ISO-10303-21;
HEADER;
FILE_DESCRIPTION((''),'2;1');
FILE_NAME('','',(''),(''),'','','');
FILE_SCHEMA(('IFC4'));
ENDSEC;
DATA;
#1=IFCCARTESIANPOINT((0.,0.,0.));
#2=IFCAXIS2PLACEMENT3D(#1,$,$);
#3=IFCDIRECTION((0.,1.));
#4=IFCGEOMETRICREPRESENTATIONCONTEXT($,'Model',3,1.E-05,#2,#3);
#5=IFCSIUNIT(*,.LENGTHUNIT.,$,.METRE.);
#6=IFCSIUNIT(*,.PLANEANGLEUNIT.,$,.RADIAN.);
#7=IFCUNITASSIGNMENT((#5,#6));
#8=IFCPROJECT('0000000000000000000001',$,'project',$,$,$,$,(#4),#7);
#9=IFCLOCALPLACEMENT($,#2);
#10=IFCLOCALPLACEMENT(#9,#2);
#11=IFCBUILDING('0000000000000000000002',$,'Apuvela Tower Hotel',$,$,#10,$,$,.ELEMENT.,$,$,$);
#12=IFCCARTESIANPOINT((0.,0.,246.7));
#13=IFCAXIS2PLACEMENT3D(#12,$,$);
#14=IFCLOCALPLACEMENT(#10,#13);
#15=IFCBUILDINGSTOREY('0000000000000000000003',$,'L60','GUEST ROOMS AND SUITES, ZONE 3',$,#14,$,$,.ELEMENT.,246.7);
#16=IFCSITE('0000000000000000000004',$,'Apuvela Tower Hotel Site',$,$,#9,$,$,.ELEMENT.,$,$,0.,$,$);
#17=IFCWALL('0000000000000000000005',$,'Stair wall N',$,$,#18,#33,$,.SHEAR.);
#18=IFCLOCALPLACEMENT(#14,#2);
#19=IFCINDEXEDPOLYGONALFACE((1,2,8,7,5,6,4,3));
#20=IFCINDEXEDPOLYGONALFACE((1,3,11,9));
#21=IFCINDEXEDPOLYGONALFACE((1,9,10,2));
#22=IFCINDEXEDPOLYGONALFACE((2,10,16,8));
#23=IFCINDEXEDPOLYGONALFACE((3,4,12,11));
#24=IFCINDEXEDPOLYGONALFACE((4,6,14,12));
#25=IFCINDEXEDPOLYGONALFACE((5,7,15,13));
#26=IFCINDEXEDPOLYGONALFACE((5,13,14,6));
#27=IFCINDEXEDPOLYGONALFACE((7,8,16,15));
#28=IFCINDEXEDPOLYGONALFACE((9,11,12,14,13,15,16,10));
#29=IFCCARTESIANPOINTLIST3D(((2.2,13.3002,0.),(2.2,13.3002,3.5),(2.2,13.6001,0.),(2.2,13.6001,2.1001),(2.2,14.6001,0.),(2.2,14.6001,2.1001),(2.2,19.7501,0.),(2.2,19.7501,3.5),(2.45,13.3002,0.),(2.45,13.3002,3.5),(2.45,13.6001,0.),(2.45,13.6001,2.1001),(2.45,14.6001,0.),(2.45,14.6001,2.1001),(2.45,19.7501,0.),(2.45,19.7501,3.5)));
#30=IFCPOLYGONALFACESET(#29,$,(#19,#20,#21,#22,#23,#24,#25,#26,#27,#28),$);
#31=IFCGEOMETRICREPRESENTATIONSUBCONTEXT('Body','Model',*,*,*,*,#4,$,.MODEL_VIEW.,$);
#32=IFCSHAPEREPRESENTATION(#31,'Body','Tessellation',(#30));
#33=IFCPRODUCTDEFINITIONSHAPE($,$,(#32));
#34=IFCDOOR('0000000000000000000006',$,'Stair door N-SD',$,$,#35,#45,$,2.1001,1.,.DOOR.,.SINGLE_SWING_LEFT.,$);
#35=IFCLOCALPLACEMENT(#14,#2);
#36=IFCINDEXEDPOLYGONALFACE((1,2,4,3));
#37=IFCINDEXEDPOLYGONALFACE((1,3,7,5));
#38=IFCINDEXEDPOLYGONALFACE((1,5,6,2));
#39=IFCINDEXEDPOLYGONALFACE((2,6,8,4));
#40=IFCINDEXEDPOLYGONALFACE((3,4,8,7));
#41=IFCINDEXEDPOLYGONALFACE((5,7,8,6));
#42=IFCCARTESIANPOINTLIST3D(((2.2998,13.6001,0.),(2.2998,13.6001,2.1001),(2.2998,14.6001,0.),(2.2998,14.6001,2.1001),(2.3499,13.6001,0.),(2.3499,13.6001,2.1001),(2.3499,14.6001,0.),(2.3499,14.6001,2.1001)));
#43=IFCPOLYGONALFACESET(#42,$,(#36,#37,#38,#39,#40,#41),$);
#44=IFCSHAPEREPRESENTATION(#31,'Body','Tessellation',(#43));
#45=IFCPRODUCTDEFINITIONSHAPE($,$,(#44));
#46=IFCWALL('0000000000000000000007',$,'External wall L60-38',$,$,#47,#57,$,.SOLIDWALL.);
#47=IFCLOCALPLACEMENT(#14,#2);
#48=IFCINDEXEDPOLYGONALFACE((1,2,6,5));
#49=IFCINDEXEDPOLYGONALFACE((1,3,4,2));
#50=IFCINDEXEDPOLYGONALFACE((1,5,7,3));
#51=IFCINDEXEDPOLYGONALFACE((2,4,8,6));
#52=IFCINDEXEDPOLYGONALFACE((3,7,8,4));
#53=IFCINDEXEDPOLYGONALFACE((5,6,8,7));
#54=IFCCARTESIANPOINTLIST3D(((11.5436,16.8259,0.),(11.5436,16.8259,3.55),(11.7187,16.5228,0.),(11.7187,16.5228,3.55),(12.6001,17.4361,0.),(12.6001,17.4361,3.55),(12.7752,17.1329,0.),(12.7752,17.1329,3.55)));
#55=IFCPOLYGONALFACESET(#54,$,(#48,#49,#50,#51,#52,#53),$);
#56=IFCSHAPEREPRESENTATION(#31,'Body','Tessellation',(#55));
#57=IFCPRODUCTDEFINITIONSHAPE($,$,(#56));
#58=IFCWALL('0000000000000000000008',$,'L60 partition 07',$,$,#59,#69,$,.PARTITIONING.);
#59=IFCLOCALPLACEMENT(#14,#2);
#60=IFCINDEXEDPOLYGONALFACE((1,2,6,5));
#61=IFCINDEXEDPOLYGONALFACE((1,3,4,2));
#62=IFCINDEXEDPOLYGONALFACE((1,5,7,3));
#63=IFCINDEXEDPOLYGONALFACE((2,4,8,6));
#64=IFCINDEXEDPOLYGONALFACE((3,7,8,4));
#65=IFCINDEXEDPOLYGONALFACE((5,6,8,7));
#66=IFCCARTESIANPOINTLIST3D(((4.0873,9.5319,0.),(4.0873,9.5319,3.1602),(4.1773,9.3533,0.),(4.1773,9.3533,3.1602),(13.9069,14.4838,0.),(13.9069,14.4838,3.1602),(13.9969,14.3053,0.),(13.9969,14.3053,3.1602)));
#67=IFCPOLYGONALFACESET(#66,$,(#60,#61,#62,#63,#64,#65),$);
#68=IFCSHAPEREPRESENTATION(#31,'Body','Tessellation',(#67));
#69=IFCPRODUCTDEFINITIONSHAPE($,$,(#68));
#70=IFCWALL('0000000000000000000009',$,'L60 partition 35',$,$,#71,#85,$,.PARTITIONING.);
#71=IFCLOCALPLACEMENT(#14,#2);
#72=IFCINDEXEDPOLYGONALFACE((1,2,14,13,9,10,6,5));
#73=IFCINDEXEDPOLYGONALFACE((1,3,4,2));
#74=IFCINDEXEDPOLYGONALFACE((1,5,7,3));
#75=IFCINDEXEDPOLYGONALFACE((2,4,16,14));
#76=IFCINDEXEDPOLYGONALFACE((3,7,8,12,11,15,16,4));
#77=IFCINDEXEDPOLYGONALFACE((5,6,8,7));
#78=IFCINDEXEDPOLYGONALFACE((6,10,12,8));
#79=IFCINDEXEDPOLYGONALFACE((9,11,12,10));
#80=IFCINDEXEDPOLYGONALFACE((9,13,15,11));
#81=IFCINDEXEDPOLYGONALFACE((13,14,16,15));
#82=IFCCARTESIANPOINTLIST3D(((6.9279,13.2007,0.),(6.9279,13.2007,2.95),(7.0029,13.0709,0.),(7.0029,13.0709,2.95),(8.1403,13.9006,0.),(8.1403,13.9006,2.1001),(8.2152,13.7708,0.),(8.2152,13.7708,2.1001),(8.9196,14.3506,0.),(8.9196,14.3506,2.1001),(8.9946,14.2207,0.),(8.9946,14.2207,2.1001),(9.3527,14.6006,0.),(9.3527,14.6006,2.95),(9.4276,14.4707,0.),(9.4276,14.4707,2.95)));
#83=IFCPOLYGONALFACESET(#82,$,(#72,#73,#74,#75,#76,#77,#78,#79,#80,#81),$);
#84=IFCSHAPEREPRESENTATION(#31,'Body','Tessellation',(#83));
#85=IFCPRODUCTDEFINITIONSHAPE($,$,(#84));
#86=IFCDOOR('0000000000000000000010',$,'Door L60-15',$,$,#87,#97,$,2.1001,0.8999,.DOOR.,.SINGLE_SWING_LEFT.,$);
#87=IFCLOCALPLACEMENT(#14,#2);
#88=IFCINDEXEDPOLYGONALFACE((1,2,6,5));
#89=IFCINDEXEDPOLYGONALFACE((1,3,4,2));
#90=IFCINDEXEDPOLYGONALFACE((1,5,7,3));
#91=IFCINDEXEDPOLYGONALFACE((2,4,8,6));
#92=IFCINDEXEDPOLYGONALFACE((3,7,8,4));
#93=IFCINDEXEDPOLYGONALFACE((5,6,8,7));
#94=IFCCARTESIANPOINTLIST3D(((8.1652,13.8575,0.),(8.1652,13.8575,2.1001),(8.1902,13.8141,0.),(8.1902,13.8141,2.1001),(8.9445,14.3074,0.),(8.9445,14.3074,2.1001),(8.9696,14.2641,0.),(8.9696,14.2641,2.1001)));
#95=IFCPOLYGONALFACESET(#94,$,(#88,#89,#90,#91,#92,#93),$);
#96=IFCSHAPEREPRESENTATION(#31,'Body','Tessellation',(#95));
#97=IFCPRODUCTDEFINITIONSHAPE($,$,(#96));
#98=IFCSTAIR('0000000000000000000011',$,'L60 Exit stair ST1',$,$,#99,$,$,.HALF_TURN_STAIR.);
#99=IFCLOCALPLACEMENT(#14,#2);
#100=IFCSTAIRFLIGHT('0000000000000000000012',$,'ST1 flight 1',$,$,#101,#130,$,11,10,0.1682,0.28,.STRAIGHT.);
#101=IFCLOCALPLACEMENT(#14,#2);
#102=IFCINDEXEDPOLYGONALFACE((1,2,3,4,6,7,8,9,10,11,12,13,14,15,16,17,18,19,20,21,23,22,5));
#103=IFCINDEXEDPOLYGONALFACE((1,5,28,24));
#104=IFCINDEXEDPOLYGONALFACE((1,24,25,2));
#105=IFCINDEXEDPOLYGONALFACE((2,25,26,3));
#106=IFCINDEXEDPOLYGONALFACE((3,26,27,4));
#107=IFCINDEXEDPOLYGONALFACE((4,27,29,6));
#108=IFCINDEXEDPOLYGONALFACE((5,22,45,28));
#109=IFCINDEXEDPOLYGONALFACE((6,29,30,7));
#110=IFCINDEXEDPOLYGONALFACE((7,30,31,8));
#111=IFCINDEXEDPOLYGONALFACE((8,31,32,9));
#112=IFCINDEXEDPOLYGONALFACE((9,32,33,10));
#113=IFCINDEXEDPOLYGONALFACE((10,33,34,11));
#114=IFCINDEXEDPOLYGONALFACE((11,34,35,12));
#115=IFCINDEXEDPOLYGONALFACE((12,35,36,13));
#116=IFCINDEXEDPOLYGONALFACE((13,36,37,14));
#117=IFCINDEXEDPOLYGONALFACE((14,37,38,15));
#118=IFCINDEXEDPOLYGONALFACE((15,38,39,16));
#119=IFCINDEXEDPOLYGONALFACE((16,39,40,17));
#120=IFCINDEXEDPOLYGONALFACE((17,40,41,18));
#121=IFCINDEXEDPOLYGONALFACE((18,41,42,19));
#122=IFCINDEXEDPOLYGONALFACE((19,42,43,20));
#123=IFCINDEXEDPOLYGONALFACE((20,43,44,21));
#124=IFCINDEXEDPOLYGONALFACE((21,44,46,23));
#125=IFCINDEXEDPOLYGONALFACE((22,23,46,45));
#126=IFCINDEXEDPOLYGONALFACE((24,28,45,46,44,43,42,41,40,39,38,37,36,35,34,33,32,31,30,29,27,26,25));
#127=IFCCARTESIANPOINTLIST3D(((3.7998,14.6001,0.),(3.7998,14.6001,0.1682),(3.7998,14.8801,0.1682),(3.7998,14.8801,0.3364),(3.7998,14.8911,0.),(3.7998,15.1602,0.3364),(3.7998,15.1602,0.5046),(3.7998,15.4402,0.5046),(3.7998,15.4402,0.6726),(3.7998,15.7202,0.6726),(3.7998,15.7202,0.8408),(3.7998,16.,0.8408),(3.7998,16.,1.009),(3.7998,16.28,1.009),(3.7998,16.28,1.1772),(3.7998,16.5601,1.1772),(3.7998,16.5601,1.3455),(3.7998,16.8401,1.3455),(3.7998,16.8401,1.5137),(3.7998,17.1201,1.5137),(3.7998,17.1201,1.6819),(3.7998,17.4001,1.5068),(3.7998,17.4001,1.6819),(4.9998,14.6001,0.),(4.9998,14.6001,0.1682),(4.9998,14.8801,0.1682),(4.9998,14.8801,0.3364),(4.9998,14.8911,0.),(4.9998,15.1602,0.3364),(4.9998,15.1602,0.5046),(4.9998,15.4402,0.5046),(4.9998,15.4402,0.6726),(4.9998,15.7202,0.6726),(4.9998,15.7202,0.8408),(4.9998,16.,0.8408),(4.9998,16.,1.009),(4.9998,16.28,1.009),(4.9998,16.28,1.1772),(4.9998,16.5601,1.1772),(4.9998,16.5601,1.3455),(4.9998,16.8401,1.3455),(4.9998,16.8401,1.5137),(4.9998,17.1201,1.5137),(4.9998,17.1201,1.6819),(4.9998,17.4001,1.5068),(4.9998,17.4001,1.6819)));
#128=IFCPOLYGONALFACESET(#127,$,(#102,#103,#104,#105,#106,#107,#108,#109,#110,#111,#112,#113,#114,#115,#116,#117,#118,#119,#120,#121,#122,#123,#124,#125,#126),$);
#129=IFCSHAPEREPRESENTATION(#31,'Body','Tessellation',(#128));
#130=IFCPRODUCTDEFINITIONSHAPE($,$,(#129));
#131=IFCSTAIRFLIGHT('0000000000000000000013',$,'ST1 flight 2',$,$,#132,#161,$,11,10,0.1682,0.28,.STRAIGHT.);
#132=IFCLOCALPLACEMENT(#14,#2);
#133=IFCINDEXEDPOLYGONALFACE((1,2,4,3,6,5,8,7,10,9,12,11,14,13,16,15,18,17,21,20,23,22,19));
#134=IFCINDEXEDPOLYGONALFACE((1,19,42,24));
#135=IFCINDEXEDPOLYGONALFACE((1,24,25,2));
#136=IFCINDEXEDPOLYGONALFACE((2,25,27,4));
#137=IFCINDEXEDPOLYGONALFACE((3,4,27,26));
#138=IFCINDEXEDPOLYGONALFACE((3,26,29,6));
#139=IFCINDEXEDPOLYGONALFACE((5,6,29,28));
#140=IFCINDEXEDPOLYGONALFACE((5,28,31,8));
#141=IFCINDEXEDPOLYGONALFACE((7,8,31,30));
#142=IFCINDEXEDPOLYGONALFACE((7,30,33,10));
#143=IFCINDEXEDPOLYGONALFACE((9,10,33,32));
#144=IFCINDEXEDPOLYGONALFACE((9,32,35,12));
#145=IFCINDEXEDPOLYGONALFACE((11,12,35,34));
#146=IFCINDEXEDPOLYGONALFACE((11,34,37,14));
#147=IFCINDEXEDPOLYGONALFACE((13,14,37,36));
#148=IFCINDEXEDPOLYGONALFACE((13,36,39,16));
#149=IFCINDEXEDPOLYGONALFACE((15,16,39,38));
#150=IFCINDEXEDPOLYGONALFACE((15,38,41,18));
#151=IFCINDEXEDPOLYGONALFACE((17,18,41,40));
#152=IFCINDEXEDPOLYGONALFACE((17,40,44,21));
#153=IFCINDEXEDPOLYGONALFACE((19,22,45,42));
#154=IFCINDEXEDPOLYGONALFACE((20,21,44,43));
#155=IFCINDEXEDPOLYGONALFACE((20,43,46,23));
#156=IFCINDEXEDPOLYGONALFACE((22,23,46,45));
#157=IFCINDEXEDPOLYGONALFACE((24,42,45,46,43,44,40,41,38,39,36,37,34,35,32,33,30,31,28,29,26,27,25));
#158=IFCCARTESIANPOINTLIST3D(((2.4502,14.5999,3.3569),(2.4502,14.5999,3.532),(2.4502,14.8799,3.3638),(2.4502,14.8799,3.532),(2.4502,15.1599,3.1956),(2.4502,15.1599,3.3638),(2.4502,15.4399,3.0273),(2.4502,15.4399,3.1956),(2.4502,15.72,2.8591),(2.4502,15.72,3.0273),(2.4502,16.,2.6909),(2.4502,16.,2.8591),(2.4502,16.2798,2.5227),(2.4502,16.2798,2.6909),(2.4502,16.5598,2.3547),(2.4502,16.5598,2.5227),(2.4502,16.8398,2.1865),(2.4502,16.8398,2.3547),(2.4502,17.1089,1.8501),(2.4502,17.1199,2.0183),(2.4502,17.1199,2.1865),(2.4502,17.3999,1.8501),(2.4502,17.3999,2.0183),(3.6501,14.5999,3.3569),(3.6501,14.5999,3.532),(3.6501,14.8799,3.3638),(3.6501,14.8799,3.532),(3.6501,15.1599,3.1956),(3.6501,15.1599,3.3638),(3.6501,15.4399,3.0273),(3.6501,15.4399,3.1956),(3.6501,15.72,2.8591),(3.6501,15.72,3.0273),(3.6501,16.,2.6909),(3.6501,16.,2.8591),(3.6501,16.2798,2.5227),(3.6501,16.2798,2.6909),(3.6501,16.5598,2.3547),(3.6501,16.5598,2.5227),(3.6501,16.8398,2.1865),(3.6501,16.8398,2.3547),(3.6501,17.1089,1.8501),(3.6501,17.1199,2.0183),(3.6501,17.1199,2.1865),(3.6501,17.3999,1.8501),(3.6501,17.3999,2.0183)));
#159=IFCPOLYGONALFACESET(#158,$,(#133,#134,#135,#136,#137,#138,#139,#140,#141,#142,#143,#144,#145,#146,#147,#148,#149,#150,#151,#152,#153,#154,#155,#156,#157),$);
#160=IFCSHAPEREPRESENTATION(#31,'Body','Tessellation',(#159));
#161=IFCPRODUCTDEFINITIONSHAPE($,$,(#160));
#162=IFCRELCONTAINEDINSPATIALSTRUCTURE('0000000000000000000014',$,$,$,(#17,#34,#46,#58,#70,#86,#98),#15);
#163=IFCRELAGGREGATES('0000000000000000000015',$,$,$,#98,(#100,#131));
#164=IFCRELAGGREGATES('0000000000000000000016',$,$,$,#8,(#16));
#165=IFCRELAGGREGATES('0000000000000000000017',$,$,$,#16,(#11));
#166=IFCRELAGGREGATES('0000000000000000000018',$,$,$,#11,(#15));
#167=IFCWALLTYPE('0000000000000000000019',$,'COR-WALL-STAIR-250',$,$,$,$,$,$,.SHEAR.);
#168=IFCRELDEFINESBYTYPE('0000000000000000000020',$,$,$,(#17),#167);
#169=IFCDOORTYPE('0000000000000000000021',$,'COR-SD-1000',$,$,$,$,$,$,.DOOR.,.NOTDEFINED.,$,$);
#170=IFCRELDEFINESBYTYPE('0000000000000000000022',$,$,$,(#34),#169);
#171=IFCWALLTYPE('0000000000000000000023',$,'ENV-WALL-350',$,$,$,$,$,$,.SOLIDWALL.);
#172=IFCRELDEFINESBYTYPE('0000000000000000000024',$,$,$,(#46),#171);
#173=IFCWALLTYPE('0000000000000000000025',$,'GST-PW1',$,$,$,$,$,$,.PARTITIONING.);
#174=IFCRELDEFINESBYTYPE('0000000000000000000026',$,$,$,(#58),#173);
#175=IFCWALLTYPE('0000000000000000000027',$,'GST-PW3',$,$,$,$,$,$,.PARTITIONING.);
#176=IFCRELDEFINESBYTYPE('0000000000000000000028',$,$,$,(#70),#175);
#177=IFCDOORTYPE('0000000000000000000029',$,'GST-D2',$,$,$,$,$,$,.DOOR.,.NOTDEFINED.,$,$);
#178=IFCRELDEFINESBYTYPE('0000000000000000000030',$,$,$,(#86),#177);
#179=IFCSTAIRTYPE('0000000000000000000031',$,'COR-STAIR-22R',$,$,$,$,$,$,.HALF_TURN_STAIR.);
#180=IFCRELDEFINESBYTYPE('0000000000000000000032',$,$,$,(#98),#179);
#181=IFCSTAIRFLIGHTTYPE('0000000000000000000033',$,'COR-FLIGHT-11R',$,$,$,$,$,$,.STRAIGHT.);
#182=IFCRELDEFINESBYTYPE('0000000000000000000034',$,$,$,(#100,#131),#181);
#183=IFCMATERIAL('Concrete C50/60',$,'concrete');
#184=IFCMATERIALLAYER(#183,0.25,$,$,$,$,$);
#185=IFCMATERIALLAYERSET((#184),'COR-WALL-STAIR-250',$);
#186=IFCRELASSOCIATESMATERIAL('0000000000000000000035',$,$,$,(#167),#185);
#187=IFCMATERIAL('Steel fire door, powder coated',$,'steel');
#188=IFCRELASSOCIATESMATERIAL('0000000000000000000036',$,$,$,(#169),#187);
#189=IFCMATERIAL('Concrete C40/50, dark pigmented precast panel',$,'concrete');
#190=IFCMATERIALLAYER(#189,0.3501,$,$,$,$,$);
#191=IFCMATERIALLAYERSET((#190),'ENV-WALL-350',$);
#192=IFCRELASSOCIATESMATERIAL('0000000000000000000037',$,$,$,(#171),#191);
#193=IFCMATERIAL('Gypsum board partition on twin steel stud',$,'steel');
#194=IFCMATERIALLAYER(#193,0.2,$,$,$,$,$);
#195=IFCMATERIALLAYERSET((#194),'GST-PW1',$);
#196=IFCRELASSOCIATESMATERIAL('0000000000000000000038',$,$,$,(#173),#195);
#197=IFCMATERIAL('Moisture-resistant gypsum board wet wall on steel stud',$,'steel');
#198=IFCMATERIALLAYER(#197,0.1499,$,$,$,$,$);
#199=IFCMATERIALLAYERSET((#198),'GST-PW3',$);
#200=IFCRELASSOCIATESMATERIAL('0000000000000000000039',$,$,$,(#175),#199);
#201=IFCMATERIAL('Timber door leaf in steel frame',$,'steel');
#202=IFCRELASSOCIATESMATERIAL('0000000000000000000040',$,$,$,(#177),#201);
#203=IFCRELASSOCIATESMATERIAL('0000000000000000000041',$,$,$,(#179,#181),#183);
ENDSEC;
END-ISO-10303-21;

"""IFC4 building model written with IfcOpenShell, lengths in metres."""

from ifc_helpers import new_model, si_unit, direction, frame, frame_2d, origin, place, context, subcontext, project, spatial, polyline, rectangle, outline, extrude, material, layer, layer_set, type_object, element, fill, aggregate, save


model = new_model("IFC4")

# Units and contexts
model_context = context("Model", 3, precision=1e-05, world=origin(), true_north=direction((0.0, 1.0)))
body_context = subcontext(model_context, "Body", "Model", "MODEL_VIEW")
ifc_project = project(units=[si_unit("LENGTHUNIT", "METRE"), si_unit("PLANEANGLEUNIT", "RADIAN")], contexts=[model_context])

# Site, building, storey
site_placement = place(None, origin())
site = spatial("IfcSite", under=ifc_project, at=site_placement, Name="Apuvela Tower Hotel Site", CompositionType="ELEMENT", RefElevation=0.0)
building_placement = place(site_placement, origin())
building = spatial("IfcBuilding", under=site, at=building_placement, Name="Apuvela Tower Hotel", CompositionType="ELEMENT")
storey_placement = place(building_placement, frame((0.0, 0.0, 246.7)))
storey = spatial("IfcBuildingStorey", under=building, at=storey_placement, Name="L60", Description="GUEST ROOMS AND SUITES, ZONE 3", CompositionType="ELEMENT", Elevation=246.7)

# Shared definitions
ifc_material_1 = material(Name="Concrete C50/60", Category="concrete")
ifc_material_2 = material(Name="Steel fire door, powder coated", Category="steel")

# Wall, opening, door
ifc_layer_1 = layer(ifc_material_1, 0.25)
ifc_layer_set_1 = layer_set([ifc_layer_1], Name="COR-WALL-STAIR-250")
wall_type_1 = type_object("IfcWallType", Name="COR-WALL-STAIR-250", PredefinedType="SHEAR", material=ifc_layer_set_1)
wall_1_placement = place(storey_placement, frame((2.325, 13.3, 0.0), z_axis=(0.0, 0.0, 1.0), x_axis=(0.0, 1.0, 0.0)))
wall_1 = element("IfcWall", 1, at=wall_1_placement, inside=storey, type_object=wall_type_1, Name="Stair wall N", PredefinedType="SHEAR", context=body_context, shape_type="SweptSolid", body=[
    extrude(rectangle(XDim=6.45, YDim=0.25, at=frame_2d((3.2251, 0.0))), origin(), (0.0, 0.0, 1.0), 3.5),
])
opening_1_placement = place(wall_1_placement, frame((0.3, 0.0, 0.0)))
opening_1 = element("IfcOpeningElement", 2, at=opening_1_placement, cuts=wall_1, PredefinedType="OPENING", context=body_context, shape_type="SweptSolid", body=[
    extrude(rectangle(XDim=1.0, YDim=2.1001, at=frame_2d((0.5, 1.05))), frame((0.0, 0.135, 0.0), z_axis=(0.0, -1.0, 0.0), x_axis=(1.0, 0.0, 0.0)), (0.0, 0.0, 1.0), 0.27),
])
door_type_1 = type_object("IfcDoorType", Name="COR-SD-1000", OperationType="NOTDEFINED", PredefinedType="DOOR", material=ifc_material_2)
door_1_placement = place(opening_1_placement, frame((1.0, 0.0, 0.0), z_axis=(0.0, 0.0, 1.0), x_axis=(-1.0, 0.0, 0.0)))
door_1 = element("IfcDoor", 3, at=door_1_placement, inside=storey, type_object=door_type_1, Name="Stair door N-SD", OperationType="SINGLE_SWING_LEFT", OverallHeight=2.1001, OverallWidth=1.0, PredefinedType="DOOR", context=body_context, shape_type="SweptSolid", body=[
    extrude(rectangle(XDim=1.0, YDim=2.1001, at=frame_2d((0.5, 1.05))), frame((0.0, 0.0249, 0.0), z_axis=(0.0, -1.0, 0.0), x_axis=(1.0, 0.0, 0.0)), (0.0, 0.0, 1.0), 0.05),
])
fill(opening_1, door_1)

# Wall
ifc_material_3 = material(Name="Concrete C40/50, dark pigmented precast panel", Category="concrete")
ifc_layer_2 = layer(ifc_material_3, 0.3501)
ifc_layer_set_2 = layer_set([ifc_layer_2], Name="ENV-WALL-350")
wall_type_2 = type_object("IfcWallType", Name="ENV-WALL-350", PredefinedType="SOLIDWALL", material=ifc_layer_set_2)
wall_2_placement = place(storey_placement, frame((12.6875, 17.2844, 0.0), z_axis=(0.0, 0.0, 1.0), x_axis=(-0.865956, -0.500121, 0.0)))
element("IfcWall", 4, at=wall_2_placement, inside=storey, type_object=wall_type_2, Name="External wall L60-38", PredefinedType="SOLIDWALL", context=body_context, shape_type="SweptSolid", body=[
    extrude(rectangle(XDim=1.22, YDim=0.3501, at=frame_2d((0.6099, 0.0))), origin(), (0.0, 0.0, 1.0), 3.55),
])

# Wall
ifc_material_4 = material(Name="Gypsum board partition on twin steel stud", Category="steel")
ifc_layer_3 = layer(ifc_material_4, 0.2)
ifc_layer_set_3 = layer_set([ifc_layer_3], Name="GST-PW1")
wall_type_3 = type_object("IfcWallType", Name="GST-PW1", PredefinedType="PARTITIONING", material=ifc_layer_set_3)
wall_3_placement = place(storey_placement, frame((13.9519, 14.3945, 0.0), z_axis=(0.0, 0.0, 1.0), x_axis=(-0.89289, -0.450275, 0.0)))
element("IfcWall", 5, at=wall_3_placement, inside=storey, type_object=wall_type_3, Name="L60 partition 07", PredefinedType="PARTITIONING", context=body_context, shape_type="SweptSolid", body=[
    extrude(rectangle(XDim=10.9976, YDim=0.2, at=frame_2d((5.4988, 0.0))), origin(), (0.0, 0.0, 1.0), 3.1602),
])

# Wall, opening, door
ifc_material_5 = material(Name="Moisture-resistant gypsum board wet wall on steel stud", Category="steel")
ifc_layer_4 = layer(ifc_material_5, 0.1499)
ifc_layer_set_4 = layer_set([ifc_layer_4], Name="GST-PW3")
wall_type_4 = type_object("IfcWallType", Name="GST-PW3", PredefinedType="PARTITIONING", material=ifc_layer_set_4)
wall_4_placement = place(storey_placement, frame((9.3901, 14.5356, 0.0), z_axis=(0.0, 0.0, 1.0), x_axis=(-0.866035, -0.499984, 0.0)))
wall_4 = element("IfcWall", 6, at=wall_4_placement, inside=storey, type_object=wall_type_4, Name="L60 partition 35", PredefinedType="PARTITIONING", context=body_context, shape_type="SweptSolid", body=[
    extrude(rectangle(XDim=2.7998, YDim=0.1499, at=frame_2d((1.3999, 0.0))), origin(), (0.0, 0.0, 1.0), 2.95),
])
opening_2_placement = place(wall_4_placement, frame((0.5, 0.0, 0.0)))
opening_2 = element("IfcOpeningElement", 7, at=opening_2_placement, cuts=wall_4, PredefinedType="OPENING", context=body_context, shape_type="SweptSolid", body=[
    extrude(rectangle(XDim=0.8999, YDim=2.1001, at=frame_2d((0.45, 1.05))), frame((0.0, 0.085, 0.0), z_axis=(0.0, -1.0, 0.0), x_axis=(1.0, 0.0, 0.0)), (0.0, 0.0, 1.0), 0.1699),
])
ifc_material_6 = material(Name="Timber door leaf in steel frame", Category="steel")
door_type_2 = type_object("IfcDoorType", Name="GST-D2", OperationType="NOTDEFINED", PredefinedType="DOOR", material=ifc_material_6)
door_2_placement = place(opening_2_placement, origin())
door_2 = element("IfcDoor", 8, at=door_2_placement, inside=storey, type_object=door_type_2, Name="Door L60-15", OperationType="SINGLE_SWING_LEFT", OverallHeight=2.1001, OverallWidth=0.8999, PredefinedType="DOOR", context=body_context, shape_type="SweptSolid", body=[
    extrude(rectangle(XDim=0.8999, YDim=2.1001, at=frame_2d((0.45, 1.05))), frame((0.0, 0.0249, 0.0), z_axis=(0.0, -1.0, 0.0), x_axis=(1.0, 0.0, 0.0)), (0.0, 0.0, 1.0), 0.05),
])
fill(opening_2, door_2)

# Stair, stair flights
stair_type = type_object("IfcStairType", Name="COR-STAIR-22R", PredefinedType="HALF_TURN_STAIR", material=ifc_material_1)
stair_placement = place(storey_placement, origin())
stair = element("IfcStair", 9, at=stair_placement, inside=storey, type_object=stair_type, Name="L60 Exit stair ST1", PredefinedType="HALF_TURN_STAIR")
stair_flight_type = type_object("IfcStairFlightType", Name="COR-FLIGHT-11R", PredefinedType="STRAIGHT", material=ifc_material_1)
stair_flight_1_placement = place(storey_placement, frame((4.3999, 14.6001, 0.0), z_axis=(0.0, 0.0, 1.0), x_axis=(0.0, 1.0, 0.0)))
stair_flight_1 = element("IfcStairFlight", 10, at=stair_flight_1_placement, type_object=stair_flight_type, Name="ST1 flight 1", NumberOfRisers=11, NumberOfTreads=10, PredefinedType="STRAIGHT", RiserHeight=0.1682, TreadLength=0.28, context=body_context, shape_type="SweptSolid", body=[
    extrude(outline(polyline([(0.0, 0.0), (0.0, 0.1682), (0.28, 0.1682), (0.28, 0.3364), (0.5601, 0.3364), (0.5601, 0.5046), (0.8401, 0.5046), (0.8401, 0.6726), (1.1201, 0.6726), (1.1201, 0.8408), (1.3999, 0.8408), (1.3999, 1.009), (1.6799, 1.009), (1.6799, 1.1772), (1.96, 1.1772), (1.96, 1.3455), (2.24, 1.3455), (2.24, 1.5137), (2.52, 1.5137), (2.52, 1.6819), (2.8, 1.6819), (2.8, 1.8501), (2.8, 1.5068), (0.291, 0.0), (0.0, 0.0)])), frame((0.0, 0.6001, 0.0), z_axis=(0.0, -1.0, 0.0), x_axis=(1.0, 0.0, 0.0)), (0.0, 0.0, 1.0), 1.2),
])
stair_flight_2_placement = place(storey_placement, frame((3.05, 17.3999, 1.8501), z_axis=(0.0, 0.0, 1.0), x_axis=(0.0, -1.0, 0.0)))
stair_flight_2 = element("IfcStairFlight", 11, at=stair_flight_2_placement, type_object=stair_flight_type, Name="ST1 flight 2", NumberOfRisers=11, NumberOfTreads=10, PredefinedType="STRAIGHT", RiserHeight=0.1682, TreadLength=0.28, context=body_context, shape_type="SweptSolid", body=[
    extrude(outline(polyline([(0.0, 0.0), (0.0, 0.1682), (0.28, 0.1682), (0.28, 0.3364), (0.5601, 0.3364), (0.5601, 0.5046), (0.8401, 0.5046), (0.8401, 0.6726), (1.1201, 0.6726), (1.1201, 0.8408), (1.3999, 0.8408), (1.3999, 1.009), (1.6799, 1.009), (1.6799, 1.1772), (1.96, 1.1772), (1.96, 1.3455), (2.24, 1.3455), (2.24, 1.5137), (2.52, 1.5137), (2.52, 1.6819), (2.8, 1.6819), (2.8, 1.8501), (2.8, 1.5068), (0.291, 0.0), (0.0, 0.0)])), frame((0.0, 0.6001, 0.0), z_axis=(0.0, -1.0, 0.0), x_axis=(1.0, 0.0, 0.0)), (0.0, 0.0, 1.0), 1.2),
])
aggregate(stair, [stair_flight_1, stair_flight_2])

save(model, "model.ifc")
